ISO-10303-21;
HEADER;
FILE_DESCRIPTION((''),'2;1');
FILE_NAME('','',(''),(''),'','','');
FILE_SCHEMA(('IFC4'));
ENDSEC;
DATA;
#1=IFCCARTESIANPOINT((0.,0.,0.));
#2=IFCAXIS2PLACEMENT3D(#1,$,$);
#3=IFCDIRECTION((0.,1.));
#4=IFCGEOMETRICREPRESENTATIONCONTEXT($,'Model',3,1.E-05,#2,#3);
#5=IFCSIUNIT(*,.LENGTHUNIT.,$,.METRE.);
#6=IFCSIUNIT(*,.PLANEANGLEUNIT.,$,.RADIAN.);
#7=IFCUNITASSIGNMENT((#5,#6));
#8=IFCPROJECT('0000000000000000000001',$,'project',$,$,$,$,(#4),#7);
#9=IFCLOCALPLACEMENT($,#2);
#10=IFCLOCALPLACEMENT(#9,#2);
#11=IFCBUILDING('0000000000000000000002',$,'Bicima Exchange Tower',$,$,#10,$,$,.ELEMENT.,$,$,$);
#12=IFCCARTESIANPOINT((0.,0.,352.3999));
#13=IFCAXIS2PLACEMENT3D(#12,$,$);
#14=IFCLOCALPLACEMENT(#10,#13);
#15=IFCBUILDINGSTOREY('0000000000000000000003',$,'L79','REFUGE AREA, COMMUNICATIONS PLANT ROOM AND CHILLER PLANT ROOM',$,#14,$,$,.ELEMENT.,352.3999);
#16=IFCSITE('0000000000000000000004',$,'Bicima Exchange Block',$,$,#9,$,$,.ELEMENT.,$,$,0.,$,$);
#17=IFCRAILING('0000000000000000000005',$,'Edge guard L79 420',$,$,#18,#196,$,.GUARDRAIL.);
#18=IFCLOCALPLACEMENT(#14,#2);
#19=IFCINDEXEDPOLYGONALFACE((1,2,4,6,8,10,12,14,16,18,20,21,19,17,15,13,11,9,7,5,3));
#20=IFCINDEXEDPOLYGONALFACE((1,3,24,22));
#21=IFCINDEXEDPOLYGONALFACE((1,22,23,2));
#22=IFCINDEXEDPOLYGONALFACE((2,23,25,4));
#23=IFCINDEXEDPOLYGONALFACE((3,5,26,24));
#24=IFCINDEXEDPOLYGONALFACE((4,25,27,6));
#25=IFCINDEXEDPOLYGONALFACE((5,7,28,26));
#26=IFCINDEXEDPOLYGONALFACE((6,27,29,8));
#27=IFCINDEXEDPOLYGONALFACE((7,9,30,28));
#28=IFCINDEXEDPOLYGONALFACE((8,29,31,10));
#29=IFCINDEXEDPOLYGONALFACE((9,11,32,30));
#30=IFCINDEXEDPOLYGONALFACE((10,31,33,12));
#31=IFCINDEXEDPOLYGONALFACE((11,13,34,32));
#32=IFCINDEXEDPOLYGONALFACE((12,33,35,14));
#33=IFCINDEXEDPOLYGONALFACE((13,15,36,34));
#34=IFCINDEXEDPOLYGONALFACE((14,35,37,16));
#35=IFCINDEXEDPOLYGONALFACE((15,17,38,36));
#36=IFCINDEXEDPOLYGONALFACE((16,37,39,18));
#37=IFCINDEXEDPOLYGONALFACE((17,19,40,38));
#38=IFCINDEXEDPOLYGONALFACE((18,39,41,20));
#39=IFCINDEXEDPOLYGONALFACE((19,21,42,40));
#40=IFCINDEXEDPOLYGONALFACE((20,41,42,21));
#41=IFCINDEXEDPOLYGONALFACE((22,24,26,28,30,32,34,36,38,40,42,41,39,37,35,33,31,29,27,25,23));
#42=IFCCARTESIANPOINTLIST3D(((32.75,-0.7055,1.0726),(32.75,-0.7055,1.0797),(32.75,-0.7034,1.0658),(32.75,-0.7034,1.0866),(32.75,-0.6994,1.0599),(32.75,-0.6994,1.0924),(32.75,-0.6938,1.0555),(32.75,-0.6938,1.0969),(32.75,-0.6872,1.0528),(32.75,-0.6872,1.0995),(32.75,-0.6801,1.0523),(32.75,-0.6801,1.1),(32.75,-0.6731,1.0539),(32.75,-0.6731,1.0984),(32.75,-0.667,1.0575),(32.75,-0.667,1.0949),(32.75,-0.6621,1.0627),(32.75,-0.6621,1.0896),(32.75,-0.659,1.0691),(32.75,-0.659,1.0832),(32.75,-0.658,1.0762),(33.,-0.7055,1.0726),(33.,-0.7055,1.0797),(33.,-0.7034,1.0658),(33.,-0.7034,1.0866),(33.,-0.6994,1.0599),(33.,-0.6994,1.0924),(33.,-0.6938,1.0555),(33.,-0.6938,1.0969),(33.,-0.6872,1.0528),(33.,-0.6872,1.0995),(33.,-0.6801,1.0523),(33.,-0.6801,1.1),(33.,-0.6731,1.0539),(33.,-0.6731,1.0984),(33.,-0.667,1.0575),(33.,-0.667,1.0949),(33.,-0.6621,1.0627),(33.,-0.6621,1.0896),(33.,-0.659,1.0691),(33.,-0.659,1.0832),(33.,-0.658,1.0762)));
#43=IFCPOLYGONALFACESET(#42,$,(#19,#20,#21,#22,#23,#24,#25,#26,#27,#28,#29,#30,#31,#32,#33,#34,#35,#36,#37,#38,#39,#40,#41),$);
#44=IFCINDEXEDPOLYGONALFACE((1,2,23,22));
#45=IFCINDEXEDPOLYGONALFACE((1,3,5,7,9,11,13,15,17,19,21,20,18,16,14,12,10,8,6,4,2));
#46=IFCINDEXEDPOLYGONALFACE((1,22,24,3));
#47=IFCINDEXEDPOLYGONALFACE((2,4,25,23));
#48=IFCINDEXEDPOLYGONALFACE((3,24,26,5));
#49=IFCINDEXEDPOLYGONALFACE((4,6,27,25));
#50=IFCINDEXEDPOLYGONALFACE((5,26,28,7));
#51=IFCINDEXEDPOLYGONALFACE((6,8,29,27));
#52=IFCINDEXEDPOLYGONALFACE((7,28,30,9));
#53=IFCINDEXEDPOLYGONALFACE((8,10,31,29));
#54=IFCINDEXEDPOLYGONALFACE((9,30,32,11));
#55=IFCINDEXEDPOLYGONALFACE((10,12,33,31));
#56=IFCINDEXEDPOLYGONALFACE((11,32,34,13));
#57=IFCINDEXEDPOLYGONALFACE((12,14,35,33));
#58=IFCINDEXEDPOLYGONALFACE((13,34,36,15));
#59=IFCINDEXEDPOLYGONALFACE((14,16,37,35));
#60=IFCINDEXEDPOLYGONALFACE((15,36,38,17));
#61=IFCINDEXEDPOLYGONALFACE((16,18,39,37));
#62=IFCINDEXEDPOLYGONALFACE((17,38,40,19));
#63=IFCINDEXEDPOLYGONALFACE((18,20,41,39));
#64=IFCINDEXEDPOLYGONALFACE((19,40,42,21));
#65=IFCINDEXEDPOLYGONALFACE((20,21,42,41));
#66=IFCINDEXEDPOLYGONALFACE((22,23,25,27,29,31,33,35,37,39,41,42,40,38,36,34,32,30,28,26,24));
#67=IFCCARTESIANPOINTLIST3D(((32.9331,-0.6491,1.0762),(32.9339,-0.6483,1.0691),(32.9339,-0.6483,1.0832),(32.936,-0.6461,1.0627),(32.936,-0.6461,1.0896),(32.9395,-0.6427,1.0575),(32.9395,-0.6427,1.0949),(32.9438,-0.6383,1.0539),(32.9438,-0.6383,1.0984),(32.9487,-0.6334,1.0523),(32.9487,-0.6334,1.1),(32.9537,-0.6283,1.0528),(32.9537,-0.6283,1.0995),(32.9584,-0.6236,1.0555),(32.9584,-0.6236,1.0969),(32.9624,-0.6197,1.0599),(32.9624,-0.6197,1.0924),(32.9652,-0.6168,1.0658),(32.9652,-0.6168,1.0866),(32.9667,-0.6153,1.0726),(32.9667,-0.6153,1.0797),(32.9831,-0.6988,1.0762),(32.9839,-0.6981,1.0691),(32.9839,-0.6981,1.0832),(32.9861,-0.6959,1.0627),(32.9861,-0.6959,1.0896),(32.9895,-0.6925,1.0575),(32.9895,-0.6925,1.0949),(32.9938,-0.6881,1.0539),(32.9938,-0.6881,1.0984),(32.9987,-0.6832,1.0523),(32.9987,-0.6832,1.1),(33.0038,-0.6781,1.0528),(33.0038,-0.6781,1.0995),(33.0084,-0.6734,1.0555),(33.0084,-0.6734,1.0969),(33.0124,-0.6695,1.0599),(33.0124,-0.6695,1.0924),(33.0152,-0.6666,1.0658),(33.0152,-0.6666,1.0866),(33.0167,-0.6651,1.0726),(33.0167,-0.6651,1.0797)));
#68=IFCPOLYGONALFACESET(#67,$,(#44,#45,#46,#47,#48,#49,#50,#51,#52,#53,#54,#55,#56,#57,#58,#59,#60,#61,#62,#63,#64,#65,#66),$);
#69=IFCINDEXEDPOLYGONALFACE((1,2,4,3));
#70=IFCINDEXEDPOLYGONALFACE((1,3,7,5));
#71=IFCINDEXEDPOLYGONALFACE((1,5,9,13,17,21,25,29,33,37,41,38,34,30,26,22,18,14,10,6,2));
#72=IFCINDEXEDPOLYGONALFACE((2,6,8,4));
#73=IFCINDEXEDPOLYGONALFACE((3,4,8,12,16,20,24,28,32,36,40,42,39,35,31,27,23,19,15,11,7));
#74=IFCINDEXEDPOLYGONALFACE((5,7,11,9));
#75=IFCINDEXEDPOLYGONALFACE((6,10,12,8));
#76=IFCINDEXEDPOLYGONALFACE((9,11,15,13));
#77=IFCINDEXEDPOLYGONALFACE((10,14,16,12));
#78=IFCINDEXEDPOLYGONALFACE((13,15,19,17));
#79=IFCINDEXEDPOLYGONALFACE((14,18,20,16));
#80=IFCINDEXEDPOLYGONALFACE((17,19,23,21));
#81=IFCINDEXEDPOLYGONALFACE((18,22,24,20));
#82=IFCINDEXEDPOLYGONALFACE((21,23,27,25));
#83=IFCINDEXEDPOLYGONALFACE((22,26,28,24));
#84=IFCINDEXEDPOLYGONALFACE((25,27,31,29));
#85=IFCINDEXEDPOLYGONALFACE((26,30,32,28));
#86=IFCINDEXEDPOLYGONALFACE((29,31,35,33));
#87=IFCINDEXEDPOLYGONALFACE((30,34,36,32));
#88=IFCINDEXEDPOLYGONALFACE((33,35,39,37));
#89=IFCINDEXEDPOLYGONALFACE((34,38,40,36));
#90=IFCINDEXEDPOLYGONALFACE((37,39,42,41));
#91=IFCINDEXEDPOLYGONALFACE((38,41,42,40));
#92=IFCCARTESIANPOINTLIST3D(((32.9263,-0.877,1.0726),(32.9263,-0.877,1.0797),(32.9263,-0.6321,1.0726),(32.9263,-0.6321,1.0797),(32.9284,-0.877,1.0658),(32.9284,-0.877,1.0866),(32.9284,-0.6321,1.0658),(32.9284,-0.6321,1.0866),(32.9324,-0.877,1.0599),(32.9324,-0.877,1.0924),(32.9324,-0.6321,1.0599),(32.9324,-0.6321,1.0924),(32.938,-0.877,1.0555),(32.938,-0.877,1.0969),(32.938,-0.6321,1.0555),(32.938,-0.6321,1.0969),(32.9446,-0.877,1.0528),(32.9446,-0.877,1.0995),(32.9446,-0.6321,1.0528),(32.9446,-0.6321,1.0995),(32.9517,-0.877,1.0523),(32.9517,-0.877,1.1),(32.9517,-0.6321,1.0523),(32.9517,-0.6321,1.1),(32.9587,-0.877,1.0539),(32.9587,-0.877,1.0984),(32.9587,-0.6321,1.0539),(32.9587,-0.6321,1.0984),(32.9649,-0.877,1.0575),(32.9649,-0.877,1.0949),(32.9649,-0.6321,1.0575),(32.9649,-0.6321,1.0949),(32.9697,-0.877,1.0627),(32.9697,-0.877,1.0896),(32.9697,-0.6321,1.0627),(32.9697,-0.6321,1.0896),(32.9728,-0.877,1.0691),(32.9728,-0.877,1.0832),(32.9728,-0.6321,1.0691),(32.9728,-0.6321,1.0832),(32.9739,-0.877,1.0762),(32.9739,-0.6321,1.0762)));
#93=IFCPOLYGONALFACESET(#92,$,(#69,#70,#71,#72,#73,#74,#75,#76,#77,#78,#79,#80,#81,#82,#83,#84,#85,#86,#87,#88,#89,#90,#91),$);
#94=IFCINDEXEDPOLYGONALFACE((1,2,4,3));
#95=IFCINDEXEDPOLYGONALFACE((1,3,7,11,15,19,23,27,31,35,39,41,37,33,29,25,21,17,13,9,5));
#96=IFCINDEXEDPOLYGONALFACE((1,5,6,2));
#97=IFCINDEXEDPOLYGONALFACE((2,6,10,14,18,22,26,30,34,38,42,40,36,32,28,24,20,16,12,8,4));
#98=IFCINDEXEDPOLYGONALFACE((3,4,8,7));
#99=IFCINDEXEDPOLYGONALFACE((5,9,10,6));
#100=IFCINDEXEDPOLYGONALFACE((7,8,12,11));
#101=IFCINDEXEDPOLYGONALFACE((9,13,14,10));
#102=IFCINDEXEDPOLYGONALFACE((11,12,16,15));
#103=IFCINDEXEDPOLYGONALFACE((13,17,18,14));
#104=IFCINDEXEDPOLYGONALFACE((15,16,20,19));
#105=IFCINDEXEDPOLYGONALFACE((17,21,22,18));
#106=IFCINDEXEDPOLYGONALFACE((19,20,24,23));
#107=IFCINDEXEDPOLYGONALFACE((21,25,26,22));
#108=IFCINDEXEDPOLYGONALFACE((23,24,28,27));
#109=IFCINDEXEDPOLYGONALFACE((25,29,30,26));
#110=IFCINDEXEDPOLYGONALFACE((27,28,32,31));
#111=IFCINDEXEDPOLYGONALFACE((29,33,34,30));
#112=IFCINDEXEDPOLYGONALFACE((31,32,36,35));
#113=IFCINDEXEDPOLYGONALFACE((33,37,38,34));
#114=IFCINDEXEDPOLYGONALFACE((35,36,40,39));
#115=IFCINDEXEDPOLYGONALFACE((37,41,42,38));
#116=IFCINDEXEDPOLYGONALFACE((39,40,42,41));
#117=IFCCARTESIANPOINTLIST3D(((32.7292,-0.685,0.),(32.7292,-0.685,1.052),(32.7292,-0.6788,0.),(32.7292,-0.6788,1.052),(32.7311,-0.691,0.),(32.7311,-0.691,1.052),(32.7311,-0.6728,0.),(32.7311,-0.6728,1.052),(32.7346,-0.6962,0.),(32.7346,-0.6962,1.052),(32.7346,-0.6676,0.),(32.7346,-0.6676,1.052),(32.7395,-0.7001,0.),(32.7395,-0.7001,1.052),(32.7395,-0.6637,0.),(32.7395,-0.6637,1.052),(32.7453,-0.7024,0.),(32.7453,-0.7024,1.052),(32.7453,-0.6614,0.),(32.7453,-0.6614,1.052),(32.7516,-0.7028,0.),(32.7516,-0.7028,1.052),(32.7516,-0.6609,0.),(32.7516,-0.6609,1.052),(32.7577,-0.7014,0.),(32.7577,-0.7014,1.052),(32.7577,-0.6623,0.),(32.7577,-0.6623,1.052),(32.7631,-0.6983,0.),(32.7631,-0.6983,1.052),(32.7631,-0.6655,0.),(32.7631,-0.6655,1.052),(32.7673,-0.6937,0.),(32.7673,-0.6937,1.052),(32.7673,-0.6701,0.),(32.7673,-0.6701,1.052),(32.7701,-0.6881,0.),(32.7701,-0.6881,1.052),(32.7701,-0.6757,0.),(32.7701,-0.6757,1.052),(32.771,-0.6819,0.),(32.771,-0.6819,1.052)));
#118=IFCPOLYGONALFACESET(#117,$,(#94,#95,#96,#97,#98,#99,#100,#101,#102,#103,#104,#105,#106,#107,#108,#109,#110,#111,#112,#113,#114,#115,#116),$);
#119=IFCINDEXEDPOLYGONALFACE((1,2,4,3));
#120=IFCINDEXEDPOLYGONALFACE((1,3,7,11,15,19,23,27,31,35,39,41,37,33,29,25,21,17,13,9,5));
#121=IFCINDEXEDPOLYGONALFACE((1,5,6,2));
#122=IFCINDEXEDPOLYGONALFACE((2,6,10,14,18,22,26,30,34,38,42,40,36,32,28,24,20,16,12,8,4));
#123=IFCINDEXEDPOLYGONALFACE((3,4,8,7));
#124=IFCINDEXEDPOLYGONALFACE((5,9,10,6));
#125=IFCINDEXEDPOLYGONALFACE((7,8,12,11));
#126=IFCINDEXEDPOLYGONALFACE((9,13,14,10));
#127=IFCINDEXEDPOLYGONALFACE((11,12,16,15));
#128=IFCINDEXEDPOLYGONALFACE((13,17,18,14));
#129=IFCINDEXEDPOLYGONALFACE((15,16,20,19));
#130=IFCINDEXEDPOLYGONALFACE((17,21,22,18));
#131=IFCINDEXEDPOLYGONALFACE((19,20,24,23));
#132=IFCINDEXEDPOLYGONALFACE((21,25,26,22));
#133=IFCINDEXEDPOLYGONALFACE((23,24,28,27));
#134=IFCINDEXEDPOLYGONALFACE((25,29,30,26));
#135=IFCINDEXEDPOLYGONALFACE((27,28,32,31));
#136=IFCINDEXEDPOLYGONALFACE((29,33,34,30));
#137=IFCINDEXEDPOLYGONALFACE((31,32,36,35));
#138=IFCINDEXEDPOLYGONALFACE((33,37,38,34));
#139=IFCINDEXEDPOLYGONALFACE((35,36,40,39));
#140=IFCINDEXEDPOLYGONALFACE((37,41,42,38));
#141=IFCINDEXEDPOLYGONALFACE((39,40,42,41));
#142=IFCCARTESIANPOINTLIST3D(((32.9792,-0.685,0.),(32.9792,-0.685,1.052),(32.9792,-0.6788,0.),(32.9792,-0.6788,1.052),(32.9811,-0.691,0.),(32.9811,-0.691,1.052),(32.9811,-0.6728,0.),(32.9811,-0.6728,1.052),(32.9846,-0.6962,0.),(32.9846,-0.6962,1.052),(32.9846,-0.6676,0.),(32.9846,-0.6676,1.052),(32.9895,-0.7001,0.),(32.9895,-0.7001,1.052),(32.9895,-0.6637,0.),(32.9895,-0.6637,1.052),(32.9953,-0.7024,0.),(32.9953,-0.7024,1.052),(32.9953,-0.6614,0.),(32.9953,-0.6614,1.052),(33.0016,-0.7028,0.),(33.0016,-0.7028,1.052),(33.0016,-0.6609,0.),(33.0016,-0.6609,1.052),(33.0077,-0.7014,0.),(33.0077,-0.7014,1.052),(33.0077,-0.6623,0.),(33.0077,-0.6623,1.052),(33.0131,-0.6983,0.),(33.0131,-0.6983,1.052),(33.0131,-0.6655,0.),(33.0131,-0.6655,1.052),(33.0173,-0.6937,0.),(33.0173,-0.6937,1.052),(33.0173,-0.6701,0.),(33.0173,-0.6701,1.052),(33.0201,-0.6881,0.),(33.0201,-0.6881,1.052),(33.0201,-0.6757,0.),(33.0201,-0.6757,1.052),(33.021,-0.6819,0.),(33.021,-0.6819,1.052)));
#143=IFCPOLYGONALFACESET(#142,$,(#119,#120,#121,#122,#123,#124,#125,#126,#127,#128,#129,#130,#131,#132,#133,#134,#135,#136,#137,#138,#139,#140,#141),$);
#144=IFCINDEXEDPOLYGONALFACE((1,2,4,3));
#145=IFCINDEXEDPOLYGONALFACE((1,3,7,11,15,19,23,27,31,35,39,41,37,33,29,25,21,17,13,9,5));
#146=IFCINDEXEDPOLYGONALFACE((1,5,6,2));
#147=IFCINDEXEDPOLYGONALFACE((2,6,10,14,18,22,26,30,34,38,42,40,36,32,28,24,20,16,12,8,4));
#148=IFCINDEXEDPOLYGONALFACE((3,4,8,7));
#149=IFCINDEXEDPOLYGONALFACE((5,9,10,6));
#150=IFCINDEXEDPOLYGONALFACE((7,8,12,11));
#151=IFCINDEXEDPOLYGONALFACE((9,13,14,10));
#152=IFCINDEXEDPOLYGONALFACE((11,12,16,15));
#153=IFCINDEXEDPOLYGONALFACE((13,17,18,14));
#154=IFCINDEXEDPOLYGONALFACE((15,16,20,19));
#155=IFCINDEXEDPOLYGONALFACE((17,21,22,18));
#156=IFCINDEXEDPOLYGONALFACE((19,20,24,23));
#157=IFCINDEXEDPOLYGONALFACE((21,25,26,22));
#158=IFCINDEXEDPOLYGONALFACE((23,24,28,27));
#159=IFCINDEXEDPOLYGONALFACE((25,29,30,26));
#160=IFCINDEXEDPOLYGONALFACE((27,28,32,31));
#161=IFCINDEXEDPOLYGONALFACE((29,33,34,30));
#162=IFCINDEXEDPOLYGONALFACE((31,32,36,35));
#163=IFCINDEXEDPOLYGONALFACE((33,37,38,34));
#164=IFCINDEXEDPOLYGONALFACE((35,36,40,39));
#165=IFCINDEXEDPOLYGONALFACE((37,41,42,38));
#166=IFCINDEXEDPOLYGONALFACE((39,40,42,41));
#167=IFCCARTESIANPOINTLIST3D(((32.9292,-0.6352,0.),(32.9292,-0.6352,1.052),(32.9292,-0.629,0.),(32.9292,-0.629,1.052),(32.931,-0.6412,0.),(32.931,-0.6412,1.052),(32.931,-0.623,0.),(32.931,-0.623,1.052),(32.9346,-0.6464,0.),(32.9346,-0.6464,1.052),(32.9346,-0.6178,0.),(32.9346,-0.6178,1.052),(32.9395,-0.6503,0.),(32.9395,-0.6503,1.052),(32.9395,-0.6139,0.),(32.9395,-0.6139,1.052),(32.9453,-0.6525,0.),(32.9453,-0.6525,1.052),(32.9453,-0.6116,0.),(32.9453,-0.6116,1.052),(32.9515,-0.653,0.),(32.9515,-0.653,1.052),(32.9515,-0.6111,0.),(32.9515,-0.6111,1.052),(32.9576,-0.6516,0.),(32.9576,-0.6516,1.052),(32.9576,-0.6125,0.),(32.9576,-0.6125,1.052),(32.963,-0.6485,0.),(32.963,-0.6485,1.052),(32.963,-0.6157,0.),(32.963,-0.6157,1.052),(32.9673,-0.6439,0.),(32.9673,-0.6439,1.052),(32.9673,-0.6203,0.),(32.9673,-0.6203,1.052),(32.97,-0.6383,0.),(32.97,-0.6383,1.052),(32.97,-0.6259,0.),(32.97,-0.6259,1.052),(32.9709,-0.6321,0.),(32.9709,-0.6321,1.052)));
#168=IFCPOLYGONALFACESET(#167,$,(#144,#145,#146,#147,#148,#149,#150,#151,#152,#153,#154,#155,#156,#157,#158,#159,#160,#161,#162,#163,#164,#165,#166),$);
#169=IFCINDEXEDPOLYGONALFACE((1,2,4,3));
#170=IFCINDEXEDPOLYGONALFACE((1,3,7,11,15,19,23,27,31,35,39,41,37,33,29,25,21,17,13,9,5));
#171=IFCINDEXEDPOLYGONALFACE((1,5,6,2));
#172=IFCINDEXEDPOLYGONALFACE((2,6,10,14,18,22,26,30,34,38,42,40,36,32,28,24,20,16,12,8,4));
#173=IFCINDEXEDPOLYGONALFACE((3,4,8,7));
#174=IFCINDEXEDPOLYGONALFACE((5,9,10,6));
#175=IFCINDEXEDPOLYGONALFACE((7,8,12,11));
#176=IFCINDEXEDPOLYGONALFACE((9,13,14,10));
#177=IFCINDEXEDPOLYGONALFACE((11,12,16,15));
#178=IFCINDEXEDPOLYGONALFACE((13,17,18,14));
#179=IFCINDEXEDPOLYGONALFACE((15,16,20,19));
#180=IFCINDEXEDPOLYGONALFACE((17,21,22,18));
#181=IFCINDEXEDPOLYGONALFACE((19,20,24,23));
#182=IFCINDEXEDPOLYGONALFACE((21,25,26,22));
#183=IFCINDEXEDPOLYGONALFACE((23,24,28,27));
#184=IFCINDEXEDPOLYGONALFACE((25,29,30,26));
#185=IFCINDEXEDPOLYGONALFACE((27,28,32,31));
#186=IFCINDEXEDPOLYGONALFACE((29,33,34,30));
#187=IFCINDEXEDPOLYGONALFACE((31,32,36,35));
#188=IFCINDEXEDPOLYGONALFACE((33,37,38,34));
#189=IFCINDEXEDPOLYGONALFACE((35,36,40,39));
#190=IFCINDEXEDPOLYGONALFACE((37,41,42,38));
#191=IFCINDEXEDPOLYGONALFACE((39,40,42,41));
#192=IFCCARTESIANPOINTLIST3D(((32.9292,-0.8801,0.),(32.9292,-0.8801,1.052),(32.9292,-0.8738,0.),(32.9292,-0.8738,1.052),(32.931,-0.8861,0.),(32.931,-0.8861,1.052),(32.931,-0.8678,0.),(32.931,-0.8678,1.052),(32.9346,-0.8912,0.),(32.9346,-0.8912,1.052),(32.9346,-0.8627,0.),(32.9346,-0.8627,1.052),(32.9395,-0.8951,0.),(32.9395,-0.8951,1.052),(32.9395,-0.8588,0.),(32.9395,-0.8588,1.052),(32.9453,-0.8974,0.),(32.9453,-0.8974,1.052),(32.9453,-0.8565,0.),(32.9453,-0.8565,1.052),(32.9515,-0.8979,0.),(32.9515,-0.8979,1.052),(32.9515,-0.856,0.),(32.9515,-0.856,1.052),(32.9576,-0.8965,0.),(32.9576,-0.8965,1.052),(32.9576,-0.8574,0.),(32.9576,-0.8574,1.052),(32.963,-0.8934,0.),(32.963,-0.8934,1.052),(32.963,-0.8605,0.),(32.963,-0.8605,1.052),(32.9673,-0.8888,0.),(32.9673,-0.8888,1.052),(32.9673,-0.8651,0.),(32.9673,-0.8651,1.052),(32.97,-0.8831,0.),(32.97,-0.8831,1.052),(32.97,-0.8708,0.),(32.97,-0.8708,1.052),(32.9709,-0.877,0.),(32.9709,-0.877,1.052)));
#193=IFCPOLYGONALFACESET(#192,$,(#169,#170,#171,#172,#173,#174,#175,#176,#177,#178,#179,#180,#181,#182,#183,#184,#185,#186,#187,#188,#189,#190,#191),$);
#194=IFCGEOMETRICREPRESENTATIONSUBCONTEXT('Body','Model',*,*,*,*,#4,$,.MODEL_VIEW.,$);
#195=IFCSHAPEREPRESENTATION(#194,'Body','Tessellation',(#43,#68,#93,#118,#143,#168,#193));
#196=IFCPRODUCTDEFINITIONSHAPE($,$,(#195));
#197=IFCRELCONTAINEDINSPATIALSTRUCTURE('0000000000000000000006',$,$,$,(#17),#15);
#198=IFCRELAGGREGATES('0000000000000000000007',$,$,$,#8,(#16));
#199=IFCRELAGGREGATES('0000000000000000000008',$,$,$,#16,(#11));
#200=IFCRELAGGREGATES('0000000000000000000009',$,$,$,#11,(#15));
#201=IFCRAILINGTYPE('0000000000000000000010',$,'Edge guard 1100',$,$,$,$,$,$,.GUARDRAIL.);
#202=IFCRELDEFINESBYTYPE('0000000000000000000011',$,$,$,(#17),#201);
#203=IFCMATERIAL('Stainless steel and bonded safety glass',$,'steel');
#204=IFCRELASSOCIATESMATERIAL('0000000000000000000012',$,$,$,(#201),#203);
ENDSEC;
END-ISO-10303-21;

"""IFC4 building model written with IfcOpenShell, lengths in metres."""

from ifc_helpers import new_model, si_unit, direction, frame, origin, origin_2d, place, context, subcontext, project, spatial, circle, extrude, material, type_object, element, save


model = new_model("IFC4")

# Units and contexts
model_context = context("Model", 3, precision=1e-05, world=origin(), true_north=direction((0.0, 1.0)))
body_context = subcontext(model_context, "Body", "Model", "MODEL_VIEW")
ifc_project = project(units=[si_unit("LENGTHUNIT", "METRE"), si_unit("PLANEANGLEUNIT", "RADIAN")], contexts=[model_context])

# Site, building, storey
site_placement = place(None, origin())
site = spatial("IfcSite", under=ifc_project, at=site_placement, Name="Bicima Exchange Block", CompositionType="ELEMENT", RefElevation=0.0)
building_placement = place(site_placement, origin())
building = spatial("IfcBuilding", under=site, at=building_placement, Name="Bicima Exchange Tower", CompositionType="ELEMENT")
storey_placement = place(building_placement, frame((0.0, 0.0, 352.3999)))
storey = spatial("IfcBuildingStorey", under=building, at=storey_placement, Name="L79", Description="REFUGE AREA, COMMUNICATIONS PLANT ROOM AND CHILLER PLANT ROOM", CompositionType="ELEMENT", Elevation=352.3999)

# Railing
ifc_material_1 = material(Name="Stainless steel and bonded safety glass", Category="steel")
railing_type = type_object("IfcRailingType", Name="Edge guard 1100", PredefinedType="GUARDRAIL", material=ifc_material_1)
railing_1_placement = place(storey_placement, frame((32.75, -0.6819, 0.0)))
element("IfcRailing", 1, at=railing_1_placement, inside=storey, type_object=railing_type, Name="Edge guard L79 420", PredefinedType="GUARDRAIL", context=body_context, shape_type="SweptSolid", body=[
    extrude(circle(Radius=0.0239, at=origin_2d()), frame((0.0, 0.0, 1.0762), z_axis=(1.0, 0.0, 0.0), x_axis=(0.0, 1.0, 0.0)), (0.0, 0.0, 1.0), 0.25),
    extrude(circle(Radius=0.0239, at=origin_2d()), frame((0.25, 0.0, 1.0762), z_axis=(-0.708834, 0.705376, 0.0), x_axis=(-0.705376, -0.708834, 0.0)), (0.0, 0.0, 1.0), 0.0706),
    extrude(circle(Radius=0.0239, at=origin_2d()), frame((0.2, 0.0498, 1.0762), z_axis=(0.0, -1.0, 0.0), x_axis=(1.0, 0.0, 0.0)), (0.0, 0.0, 1.0), 0.2449),
    extrude(circle(Radius=0.021, at=origin_2d()), origin(), (0.0, 0.0, 1.0), 1.052),
    extrude(circle(Radius=0.021, at=origin_2d()), frame((0.25, 0.0, 0.0)), (0.0, 0.0, 1.0), 1.052),
    extrude(circle(Radius=0.021, at=origin_2d()), frame((0.2, 0.0498, 0.0)), (0.0, 0.0, 1.0), 1.052),
    extrude(circle(Radius=0.021, at=origin_2d()), frame((0.2, -0.1951, 0.0)), (0.0, 0.0, 1.0), 1.052),
])

save(model, "model.ifc")
